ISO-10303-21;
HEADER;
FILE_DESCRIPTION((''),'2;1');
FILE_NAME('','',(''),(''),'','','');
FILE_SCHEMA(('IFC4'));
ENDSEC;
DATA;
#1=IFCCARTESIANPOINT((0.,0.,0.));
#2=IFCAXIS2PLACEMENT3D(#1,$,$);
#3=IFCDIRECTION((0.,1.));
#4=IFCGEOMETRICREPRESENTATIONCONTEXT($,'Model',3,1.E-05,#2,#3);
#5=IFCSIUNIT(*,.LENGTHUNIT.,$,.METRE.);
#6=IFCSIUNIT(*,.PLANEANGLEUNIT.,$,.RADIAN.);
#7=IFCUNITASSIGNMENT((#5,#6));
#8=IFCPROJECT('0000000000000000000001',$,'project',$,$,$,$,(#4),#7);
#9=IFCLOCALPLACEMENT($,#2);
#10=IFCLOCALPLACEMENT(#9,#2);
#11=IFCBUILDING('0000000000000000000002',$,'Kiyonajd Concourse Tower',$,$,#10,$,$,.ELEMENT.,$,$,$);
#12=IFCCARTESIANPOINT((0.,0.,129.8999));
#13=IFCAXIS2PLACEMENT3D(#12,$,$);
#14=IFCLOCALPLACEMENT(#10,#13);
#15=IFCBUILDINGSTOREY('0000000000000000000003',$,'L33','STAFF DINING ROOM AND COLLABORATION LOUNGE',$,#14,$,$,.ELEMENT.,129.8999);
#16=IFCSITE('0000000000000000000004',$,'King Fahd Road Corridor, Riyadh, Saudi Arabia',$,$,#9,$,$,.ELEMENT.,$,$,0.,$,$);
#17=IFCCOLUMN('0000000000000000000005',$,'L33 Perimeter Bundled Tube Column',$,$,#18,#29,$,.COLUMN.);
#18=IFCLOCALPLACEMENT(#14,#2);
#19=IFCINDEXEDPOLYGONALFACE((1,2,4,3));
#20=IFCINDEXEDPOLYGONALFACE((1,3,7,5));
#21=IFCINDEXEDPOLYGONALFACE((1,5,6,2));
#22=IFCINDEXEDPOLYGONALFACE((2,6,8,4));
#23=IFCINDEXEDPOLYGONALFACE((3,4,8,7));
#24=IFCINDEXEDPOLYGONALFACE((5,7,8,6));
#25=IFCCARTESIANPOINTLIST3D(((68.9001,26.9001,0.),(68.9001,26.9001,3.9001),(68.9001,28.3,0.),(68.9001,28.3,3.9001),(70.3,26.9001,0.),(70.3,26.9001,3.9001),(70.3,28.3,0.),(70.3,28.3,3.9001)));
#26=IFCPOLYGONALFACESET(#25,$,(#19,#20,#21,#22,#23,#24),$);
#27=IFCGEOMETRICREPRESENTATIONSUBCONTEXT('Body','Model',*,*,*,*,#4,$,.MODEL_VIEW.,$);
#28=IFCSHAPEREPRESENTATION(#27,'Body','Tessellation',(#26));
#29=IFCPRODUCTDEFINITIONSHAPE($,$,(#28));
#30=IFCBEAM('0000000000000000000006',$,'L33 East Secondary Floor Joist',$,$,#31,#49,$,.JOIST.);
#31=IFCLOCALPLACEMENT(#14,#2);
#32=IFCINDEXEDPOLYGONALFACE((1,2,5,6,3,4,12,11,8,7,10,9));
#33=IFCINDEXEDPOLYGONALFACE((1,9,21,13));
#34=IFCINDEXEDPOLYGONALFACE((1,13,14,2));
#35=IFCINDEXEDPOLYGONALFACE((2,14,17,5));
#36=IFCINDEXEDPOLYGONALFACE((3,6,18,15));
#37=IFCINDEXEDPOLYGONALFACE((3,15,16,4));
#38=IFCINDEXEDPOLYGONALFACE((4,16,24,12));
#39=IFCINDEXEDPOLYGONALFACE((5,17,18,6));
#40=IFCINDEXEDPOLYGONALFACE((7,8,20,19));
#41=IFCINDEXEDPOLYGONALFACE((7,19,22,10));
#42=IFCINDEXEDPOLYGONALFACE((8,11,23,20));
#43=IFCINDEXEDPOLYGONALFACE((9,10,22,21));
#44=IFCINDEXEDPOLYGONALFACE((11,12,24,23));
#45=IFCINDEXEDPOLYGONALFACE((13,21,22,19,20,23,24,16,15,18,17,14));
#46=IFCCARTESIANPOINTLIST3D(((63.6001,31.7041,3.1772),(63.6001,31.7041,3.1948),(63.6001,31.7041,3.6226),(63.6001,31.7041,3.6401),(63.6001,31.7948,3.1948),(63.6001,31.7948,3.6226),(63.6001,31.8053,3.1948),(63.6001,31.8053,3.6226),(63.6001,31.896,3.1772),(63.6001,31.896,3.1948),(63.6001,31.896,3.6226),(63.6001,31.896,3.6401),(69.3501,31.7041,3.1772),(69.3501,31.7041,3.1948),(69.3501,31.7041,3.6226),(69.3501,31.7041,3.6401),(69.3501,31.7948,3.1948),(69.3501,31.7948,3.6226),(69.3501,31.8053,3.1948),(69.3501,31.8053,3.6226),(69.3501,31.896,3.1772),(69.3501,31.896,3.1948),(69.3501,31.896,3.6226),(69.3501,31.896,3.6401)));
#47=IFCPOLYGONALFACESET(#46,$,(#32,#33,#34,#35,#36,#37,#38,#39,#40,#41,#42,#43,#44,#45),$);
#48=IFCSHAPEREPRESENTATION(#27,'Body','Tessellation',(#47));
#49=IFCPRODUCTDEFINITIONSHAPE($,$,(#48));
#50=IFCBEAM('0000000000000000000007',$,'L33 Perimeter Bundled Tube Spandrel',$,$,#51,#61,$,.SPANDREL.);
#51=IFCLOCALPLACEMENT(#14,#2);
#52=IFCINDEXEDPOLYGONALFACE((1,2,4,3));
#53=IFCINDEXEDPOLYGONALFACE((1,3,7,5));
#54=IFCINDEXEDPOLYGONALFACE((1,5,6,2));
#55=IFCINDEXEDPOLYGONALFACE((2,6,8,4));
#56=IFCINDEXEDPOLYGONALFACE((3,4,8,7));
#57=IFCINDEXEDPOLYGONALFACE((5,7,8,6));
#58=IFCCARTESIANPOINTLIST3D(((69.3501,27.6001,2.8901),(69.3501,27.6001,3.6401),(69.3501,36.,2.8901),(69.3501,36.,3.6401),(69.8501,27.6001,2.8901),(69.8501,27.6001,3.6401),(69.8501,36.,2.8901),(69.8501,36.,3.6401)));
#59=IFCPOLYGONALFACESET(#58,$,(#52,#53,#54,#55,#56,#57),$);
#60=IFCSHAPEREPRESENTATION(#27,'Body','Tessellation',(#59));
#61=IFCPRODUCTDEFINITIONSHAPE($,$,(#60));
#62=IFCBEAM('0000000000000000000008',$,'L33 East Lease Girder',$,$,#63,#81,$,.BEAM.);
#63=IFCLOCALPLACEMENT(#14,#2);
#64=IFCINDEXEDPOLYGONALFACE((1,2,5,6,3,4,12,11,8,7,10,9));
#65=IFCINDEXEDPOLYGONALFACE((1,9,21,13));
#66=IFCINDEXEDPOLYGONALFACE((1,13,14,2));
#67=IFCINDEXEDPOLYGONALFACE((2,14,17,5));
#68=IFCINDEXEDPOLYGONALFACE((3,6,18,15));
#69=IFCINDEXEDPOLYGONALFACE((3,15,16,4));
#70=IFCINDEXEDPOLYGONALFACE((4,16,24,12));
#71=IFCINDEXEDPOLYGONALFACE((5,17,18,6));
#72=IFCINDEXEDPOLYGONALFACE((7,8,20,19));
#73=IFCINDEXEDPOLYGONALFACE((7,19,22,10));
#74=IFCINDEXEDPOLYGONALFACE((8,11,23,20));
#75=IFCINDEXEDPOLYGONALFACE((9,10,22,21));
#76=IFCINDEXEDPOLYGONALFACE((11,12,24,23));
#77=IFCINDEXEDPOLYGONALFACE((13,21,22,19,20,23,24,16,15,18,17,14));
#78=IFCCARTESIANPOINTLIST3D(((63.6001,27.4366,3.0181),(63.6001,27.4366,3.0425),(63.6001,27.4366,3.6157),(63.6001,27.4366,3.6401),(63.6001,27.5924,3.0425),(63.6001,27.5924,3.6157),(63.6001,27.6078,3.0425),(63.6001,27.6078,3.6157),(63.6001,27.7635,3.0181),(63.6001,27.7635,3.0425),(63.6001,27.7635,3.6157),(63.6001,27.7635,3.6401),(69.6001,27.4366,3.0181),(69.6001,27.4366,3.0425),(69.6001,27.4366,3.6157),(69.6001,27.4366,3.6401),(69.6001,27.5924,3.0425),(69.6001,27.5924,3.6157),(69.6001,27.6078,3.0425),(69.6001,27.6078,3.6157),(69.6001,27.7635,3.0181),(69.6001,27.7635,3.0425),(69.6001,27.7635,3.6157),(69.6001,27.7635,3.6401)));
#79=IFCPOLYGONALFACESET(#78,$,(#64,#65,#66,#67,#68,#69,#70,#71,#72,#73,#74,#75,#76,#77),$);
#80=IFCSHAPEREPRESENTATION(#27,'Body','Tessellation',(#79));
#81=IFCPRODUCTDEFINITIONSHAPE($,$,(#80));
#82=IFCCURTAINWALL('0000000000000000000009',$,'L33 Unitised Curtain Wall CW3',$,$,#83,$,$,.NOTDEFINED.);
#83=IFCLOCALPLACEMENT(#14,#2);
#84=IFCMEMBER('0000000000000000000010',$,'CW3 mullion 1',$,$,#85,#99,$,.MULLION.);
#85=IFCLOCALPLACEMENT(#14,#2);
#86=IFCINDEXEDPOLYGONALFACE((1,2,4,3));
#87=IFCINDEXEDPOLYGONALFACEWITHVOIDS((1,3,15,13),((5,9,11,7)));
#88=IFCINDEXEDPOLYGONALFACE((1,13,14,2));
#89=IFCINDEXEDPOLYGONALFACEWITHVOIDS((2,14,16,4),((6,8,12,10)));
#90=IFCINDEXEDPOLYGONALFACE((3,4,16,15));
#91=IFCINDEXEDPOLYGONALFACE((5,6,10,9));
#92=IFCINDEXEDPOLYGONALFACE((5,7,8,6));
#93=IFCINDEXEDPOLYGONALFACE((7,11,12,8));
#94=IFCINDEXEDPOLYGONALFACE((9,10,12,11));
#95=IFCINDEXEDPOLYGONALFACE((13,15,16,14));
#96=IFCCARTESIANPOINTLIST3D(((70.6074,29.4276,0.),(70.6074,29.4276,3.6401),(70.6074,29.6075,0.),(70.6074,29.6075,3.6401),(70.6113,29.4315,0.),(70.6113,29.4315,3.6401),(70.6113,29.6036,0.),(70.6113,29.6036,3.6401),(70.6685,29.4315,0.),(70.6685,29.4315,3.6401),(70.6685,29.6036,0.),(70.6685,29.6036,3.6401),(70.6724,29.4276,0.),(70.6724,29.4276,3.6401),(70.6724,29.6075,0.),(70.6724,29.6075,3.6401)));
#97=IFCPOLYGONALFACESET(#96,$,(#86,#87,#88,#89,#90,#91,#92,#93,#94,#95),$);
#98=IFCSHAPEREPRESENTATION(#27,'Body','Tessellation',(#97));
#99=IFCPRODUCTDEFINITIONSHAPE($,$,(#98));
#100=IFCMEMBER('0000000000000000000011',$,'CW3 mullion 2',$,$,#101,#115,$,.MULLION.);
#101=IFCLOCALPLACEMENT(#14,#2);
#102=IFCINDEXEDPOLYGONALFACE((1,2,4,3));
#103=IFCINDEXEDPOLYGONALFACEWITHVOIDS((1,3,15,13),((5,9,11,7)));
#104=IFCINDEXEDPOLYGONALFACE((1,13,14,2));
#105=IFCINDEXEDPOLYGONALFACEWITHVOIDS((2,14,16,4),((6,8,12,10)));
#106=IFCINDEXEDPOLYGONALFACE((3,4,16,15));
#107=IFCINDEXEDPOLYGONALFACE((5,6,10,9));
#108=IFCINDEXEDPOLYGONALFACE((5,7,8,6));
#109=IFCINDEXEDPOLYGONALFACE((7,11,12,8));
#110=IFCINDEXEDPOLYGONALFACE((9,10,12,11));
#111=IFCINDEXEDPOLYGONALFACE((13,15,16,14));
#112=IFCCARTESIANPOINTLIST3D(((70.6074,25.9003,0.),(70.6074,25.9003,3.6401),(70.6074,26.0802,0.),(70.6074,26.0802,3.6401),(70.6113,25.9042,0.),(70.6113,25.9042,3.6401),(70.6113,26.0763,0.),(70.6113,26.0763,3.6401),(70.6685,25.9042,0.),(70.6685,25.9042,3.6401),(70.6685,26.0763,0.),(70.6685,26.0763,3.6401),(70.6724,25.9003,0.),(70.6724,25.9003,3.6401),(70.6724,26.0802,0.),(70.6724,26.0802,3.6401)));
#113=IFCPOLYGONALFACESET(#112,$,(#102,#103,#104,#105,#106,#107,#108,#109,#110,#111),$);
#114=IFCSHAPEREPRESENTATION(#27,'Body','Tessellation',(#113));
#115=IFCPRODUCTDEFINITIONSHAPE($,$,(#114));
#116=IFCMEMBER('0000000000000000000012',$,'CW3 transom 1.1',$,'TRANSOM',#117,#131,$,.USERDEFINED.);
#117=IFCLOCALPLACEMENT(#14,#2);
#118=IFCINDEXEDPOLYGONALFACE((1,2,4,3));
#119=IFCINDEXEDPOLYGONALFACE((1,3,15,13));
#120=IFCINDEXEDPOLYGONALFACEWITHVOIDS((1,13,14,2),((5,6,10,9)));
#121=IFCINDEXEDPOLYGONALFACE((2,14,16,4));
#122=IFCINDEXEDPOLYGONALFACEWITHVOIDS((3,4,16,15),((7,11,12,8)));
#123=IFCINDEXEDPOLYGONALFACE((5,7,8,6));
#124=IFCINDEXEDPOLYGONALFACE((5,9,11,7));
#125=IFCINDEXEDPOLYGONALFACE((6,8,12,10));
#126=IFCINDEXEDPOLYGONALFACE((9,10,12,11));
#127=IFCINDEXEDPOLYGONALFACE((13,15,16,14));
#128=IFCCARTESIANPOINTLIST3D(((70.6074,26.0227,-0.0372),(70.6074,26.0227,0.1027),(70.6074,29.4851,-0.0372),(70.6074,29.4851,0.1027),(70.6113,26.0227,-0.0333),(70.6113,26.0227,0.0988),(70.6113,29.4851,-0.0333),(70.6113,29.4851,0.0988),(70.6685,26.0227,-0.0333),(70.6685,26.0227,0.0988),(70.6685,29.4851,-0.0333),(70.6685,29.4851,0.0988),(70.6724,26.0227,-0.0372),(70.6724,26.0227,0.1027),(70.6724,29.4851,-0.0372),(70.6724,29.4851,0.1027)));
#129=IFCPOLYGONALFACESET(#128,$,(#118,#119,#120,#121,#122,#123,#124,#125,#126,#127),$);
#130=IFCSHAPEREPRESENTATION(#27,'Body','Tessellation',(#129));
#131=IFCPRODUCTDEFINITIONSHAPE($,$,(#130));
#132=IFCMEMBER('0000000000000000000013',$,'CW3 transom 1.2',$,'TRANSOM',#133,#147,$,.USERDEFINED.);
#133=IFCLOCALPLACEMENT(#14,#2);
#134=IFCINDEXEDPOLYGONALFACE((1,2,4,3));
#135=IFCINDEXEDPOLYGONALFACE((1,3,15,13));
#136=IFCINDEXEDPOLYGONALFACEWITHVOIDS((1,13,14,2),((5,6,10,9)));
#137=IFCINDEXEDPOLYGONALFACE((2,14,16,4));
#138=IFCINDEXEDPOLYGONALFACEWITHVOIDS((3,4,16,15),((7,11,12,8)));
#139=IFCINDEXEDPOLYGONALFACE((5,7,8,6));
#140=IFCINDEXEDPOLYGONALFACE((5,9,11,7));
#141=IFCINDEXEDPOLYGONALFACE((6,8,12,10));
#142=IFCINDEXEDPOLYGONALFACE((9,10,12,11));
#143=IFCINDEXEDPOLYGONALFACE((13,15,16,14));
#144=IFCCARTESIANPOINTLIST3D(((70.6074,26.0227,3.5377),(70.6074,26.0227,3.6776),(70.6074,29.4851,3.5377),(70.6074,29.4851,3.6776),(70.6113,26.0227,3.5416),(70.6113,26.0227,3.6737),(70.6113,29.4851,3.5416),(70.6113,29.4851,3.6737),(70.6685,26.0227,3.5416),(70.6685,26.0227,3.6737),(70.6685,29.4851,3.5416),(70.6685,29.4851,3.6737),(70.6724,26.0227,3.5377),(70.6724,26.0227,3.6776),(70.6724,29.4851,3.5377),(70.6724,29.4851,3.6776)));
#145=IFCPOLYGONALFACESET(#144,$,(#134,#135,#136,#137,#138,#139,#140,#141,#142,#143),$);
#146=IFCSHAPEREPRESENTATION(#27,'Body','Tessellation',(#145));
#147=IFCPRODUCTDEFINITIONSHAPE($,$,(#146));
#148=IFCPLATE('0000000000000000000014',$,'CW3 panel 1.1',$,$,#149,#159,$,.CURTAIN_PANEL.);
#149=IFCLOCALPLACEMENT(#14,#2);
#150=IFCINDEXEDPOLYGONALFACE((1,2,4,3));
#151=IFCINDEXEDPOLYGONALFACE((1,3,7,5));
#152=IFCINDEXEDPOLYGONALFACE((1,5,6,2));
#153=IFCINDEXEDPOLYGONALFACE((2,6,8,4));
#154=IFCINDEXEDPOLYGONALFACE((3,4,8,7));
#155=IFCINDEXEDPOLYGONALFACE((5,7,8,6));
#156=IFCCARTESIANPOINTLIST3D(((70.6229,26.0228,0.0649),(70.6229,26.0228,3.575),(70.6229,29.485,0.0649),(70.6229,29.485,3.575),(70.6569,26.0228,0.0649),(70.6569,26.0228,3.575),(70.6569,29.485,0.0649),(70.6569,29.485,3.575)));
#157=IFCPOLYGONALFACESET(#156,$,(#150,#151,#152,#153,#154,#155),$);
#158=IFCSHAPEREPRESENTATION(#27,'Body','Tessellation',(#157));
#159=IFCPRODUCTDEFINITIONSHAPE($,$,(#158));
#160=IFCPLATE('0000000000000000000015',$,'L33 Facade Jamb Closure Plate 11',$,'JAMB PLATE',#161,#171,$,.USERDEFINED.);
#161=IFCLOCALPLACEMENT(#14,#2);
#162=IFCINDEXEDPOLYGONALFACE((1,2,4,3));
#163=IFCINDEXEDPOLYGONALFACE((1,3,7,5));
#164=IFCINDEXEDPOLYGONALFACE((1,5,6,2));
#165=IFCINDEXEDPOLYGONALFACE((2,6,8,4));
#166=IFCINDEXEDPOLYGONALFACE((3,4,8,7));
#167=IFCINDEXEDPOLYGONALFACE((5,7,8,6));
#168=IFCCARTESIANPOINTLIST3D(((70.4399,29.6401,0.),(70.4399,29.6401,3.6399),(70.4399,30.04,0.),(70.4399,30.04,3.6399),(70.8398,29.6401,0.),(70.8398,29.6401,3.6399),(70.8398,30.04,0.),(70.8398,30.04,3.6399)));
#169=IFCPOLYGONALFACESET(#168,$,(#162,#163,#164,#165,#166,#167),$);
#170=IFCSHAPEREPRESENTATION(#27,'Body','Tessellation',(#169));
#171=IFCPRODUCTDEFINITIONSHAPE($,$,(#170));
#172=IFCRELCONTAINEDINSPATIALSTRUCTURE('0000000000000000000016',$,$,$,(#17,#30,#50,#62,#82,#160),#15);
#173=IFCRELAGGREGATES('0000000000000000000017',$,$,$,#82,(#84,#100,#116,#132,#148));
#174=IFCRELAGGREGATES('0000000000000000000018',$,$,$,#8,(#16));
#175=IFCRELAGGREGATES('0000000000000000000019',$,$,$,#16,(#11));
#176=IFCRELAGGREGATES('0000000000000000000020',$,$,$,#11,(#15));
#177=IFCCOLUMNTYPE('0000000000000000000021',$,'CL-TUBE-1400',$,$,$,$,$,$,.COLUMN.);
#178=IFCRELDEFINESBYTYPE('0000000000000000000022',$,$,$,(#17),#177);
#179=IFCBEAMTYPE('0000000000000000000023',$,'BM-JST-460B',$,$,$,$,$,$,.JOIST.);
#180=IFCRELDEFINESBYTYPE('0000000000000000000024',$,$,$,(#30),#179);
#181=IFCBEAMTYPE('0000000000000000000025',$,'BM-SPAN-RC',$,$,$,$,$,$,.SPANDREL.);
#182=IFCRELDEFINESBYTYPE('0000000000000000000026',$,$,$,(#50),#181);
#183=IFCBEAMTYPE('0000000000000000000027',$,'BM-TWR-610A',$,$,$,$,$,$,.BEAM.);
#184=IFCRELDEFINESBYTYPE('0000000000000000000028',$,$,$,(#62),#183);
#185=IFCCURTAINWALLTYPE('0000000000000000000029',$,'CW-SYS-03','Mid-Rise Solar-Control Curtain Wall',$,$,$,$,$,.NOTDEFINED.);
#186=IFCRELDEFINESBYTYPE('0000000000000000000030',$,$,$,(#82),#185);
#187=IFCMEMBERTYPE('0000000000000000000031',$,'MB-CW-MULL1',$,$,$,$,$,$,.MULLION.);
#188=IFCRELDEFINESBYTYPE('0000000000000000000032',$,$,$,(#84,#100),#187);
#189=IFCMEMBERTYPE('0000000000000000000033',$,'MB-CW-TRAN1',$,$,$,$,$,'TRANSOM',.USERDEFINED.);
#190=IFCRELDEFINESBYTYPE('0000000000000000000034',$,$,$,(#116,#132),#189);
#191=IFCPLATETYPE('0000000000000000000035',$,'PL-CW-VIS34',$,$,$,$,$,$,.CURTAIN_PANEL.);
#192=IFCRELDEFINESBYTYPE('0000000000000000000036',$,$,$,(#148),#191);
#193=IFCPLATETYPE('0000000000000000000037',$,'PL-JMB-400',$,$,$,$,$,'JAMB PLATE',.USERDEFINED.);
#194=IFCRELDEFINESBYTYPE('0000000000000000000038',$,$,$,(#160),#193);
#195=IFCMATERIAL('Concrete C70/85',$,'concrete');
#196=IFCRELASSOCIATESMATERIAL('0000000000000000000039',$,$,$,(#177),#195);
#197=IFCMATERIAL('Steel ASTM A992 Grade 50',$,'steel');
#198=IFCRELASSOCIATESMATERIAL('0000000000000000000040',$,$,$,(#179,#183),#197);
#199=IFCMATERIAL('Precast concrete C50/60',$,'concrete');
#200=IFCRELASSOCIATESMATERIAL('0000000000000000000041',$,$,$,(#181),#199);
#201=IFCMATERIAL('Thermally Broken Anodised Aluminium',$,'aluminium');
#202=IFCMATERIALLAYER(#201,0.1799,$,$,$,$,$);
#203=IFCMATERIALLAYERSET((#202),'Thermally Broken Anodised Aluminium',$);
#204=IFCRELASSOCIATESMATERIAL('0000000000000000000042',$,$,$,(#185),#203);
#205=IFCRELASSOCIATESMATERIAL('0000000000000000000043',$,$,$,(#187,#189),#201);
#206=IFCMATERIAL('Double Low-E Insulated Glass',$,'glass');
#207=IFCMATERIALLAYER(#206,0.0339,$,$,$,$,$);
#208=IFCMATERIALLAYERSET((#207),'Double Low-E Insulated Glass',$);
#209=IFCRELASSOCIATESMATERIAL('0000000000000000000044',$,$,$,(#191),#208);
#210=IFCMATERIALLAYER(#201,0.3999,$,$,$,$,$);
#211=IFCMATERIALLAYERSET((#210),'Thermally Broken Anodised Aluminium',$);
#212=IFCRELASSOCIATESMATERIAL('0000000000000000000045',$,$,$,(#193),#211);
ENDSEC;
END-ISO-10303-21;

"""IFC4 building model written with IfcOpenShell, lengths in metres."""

from ifc_helpers import new_model, si_unit, direction, frame, origin, origin_2d, place, context, subcontext, project, spatial, rectangle, hollow_rectangle, i_section, extrude, material, layer, layer_set, material_profile, profile_set, type_object, element, aggregate, save


model = new_model("IFC4")

# Units and contexts
model_context = context("Model", 3, precision=1e-05, world=origin(), true_north=direction((0.0, 1.0)))
body_context = subcontext(model_context, "Body", "Model", "MODEL_VIEW")
ifc_project = project(units=[si_unit("LENGTHUNIT", "METRE"), si_unit("PLANEANGLEUNIT", "RADIAN")], contexts=[model_context])

# Site, building, storey
site_placement = place(None, origin())
site = spatial("IfcSite", under=ifc_project, at=site_placement, Name="King Fahd Road Corridor, Riyadh, Saudi Arabia", CompositionType="ELEMENT", RefElevation=0.0)
building_placement = place(site_placement, origin())
building = spatial("IfcBuilding", under=site, at=building_placement, Name="Kiyonajd Concourse Tower", CompositionType="ELEMENT")
storey_placement = place(building_placement, frame((0.0, 0.0, 129.8999)))
storey = spatial("IfcBuildingStorey", under=building, at=storey_placement, Name="L33", Description="STAFF DINING ROOM AND COLLABORATION LOUNGE", CompositionType="ELEMENT", Elevation=129.8999)

# Column
ifc_material_1 = material(Name="Concrete C70/85", Category="concrete")
ifc_material_profile_1 = material_profile(ifc_material_1, rectangle(XDim=1.3999, YDim=1.3999, at=origin_2d()), Name="RC-1400x1400")
ifc_profile_set_1 = profile_set([ifc_material_profile_1], Name="Concrete C70/85")
column_type = type_object("IfcColumnType", Name="CL-TUBE-1400", PredefinedType="COLUMN", material=ifc_profile_set_1)
column_placement = place(storey_placement, frame((69.6001, 27.6001, 0.0), z_axis=(0.0, 0.0, 1.0), x_axis=(1.0, 0.0, 0.0)))
element("IfcColumn", 1, at=column_placement, inside=storey, type_object=column_type, Name="L33 Perimeter Bundled Tube Column", PredefinedType="COLUMN", context=body_context, shape_type="SweptSolid", body=[
    extrude(rectangle(XDim=1.3999, YDim=1.3999, at=origin_2d()), origin(), (0.0, 0.0, 1.0), 3.9001),
])

# Beams
ifc_material_2 = material(Name="Steel ASTM A992 Grade 50", Category="steel")
ifc_material_profile_2 = material_profile(ifc_material_2, i_section(OverallWidth=0.1919, OverallDepth=0.4629, WebThickness=0.0105, FlangeThickness=0.0176, at=origin_2d()), Name="W460X89")
ifc_profile_set_2 = profile_set([ifc_material_profile_2], Name="Steel ASTM A992 Grade 50")
beam_type_1 = type_object("IfcBeamType", Name="BM-JST-460B", PredefinedType="JOIST", material=ifc_profile_set_2)
beam_1_placement = place(storey_placement, frame((63.6001, 31.8, 3.4087), z_axis=(1.0, 0.0, 0.0), x_axis=(0.0, 1.0, 0.0)))
element("IfcBeam", 2, at=beam_1_placement, inside=storey, type_object=beam_type_1, Name="L33 East Secondary Floor Joist", PredefinedType="JOIST", context=body_context, shape_type="SweptSolid", body=[
    extrude(i_section(OverallWidth=0.1919, OverallDepth=0.4629, WebThickness=0.0105, FlangeThickness=0.0176, at=origin_2d()), origin(), (0.0, 0.0, 1.0), 5.75),
])
ifc_material_3 = material(Name="Precast concrete C50/60", Category="concrete")
ifc_material_profile_3 = material_profile(ifc_material_3, rectangle(XDim=0.5, YDim=0.75, at=origin_2d()), Name="RCBM-500x750")
ifc_profile_set_3 = profile_set([ifc_material_profile_3], Name="Precast concrete C50/60")
beam_type_2 = type_object("IfcBeamType", Name="BM-SPAN-RC", PredefinedType="SPANDREL", material=ifc_profile_set_3)
beam_2_placement = place(storey_placement, frame((69.6001, 27.6001, 3.2651), z_axis=(0.0, 1.0, 0.0), x_axis=(-1.0, 0.0, 0.0)))
element("IfcBeam", 3, at=beam_2_placement, inside=storey, type_object=beam_type_2, Name="L33 Perimeter Bundled Tube Spandrel", PredefinedType="SPANDREL", context=body_context, shape_type="SweptSolid", body=[
    extrude(rectangle(XDim=0.5, YDim=0.75, at=origin_2d()), origin(), (0.0, 0.0, 1.0), 8.3999),
])
ifc_material_profile_4 = material_profile(ifc_material_2, i_section(OverallWidth=0.3269, OverallDepth=0.6221, WebThickness=0.0154, FlangeThickness=0.0244, at=origin_2d()), Name="W610X195")
ifc_profile_set_4 = profile_set([ifc_material_profile_4], Name="Steel ASTM A992 Grade 50")
beam_type_3 = type_object("IfcBeamType", Name="BM-TWR-610A", PredefinedType="BEAM", material=ifc_profile_set_4)
beam_3_placement = place(storey_placement, frame((63.6001, 27.6001, 3.3291), z_axis=(1.0, 0.0, 0.0), x_axis=(0.0, 1.0, 0.0)))
element("IfcBeam", 4, at=beam_3_placement, inside=storey, type_object=beam_type_3, Name="L33 East Lease Girder", PredefinedType="BEAM", context=body_context, shape_type="SweptSolid", body=[
    extrude(i_section(OverallWidth=0.3269, OverallDepth=0.6221, WebThickness=0.0154, FlangeThickness=0.0244, at=origin_2d()), origin(), (0.0, 0.0, 1.0), 6.0),
])

# Curtain wall, members, plate
ifc_material_4 = material(Name="Thermally Broken Anodised Aluminium", Category="aluminium")
ifc_layer_1 = layer(ifc_material_4, 0.1799)
ifc_layer_set_1 = layer_set([ifc_layer_1], Name="Thermally Broken Anodised Aluminium")
curtain_wall_type = type_object("IfcCurtainWallType", Name="CW-SYS-03", Description="Mid-Rise Solar-Control Curtain Wall", PredefinedType="NOTDEFINED", material=ifc_layer_set_1)
curtain_wall_placement = place(storey_placement, origin())
curtain_wall = element("IfcCurtainWall", 5, at=curtain_wall_placement, inside=storey, type_object=curtain_wall_type, Name="L33 Unitised Curtain Wall CW3", PredefinedType="NOTDEFINED")
ifc_material_profile_5 = material_profile(ifc_material_4, hollow_rectangle(XDim=0.0649, YDim=0.1799, WallThickness=0.0039, at=origin_2d()), Name="MULL-65x180")
ifc_profile_set_5 = profile_set([ifc_material_profile_5], Name="Thermally Broken Anodised Aluminium")
member_type_1 = type_object("IfcMemberType", Name="MB-CW-MULL1", PredefinedType="MULLION", material=ifc_profile_set_5)
member_1_placement = place(storey_placement, frame((70.6399, 29.5176, 0.0), z_axis=(0.0, 0.0, 1.0), x_axis=(1.0, 0.0, 0.0)))
member_1 = element("IfcMember", 6, at=member_1_placement, type_object=member_type_1, Name="CW3 mullion 1", PredefinedType="MULLION", context=body_context, shape_type="SweptSolid", body=[
    extrude(hollow_rectangle(XDim=0.0649, YDim=0.1799, WallThickness=0.0039, at=origin_2d()), origin(), (0.0, 0.0, 1.0), 3.6401),
])
member_2_placement = place(storey_placement, frame((70.6399, 25.9902, 0.0), z_axis=(0.0, 0.0, 1.0), x_axis=(1.0, 0.0, 0.0)))
member_2 = element("IfcMember", 7, at=member_2_placement, type_object=member_type_1, Name="CW3 mullion 2", PredefinedType="MULLION", context=body_context, shape_type="SweptSolid", body=[
    extrude(hollow_rectangle(XDim=0.0649, YDim=0.1799, WallThickness=0.0039, at=origin_2d()), origin(), (0.0, 0.0, 1.0), 3.6401),
])
ifc_material_profile_6 = material_profile(ifc_material_4, hollow_rectangle(XDim=0.0649, YDim=0.1399, WallThickness=0.0039, at=origin_2d()), Name="TRAN-65x140")
ifc_profile_set_6 = profile_set([ifc_material_profile_6], Name="Thermally Broken Anodised Aluminium")
member_type_2 = type_object("IfcMemberType", Name="MB-CW-TRAN1", ElementType="TRANSOM", PredefinedType="USERDEFINED", material=ifc_profile_set_6)
member_3_placement = place(storey_placement, frame((70.6399, 29.4851, 0.0327), z_axis=(0.0, -1.0, 0.0), x_axis=(1.0, 0.0, 0.0)))
member_3 = element("IfcMember", 8, at=member_3_placement, type_object=member_type_2, Name="CW3 transom 1.1", ObjectType="TRANSOM", PredefinedType="USERDEFINED", context=body_context, shape_type="SweptSolid", body=[
    extrude(hollow_rectangle(XDim=0.0649, YDim=0.1399, WallThickness=0.0039, at=origin_2d()), origin(), (0.0, 0.0, 1.0), 3.4624),
])
member_4_placement = place(storey_placement, frame((70.6399, 29.4851, 3.6077), z_axis=(0.0, -1.0, 0.0), x_axis=(1.0, 0.0, 0.0)))
member_4 = element("IfcMember", 9, at=member_4_placement, type_object=member_type_2, Name="CW3 transom 1.2", ObjectType="TRANSOM", PredefinedType="USERDEFINED", context=body_context, shape_type="SweptSolid", body=[
    extrude(hollow_rectangle(XDim=0.0649, YDim=0.1399, WallThickness=0.0039, at=origin_2d()), origin(), (0.0, 0.0, 1.0), 3.4624),
])
ifc_material_5 = material(Name="Double Low-E Insulated Glass", Category="glass")
ifc_layer_2 = layer(ifc_material_5, 0.0339)
ifc_layer_set_2 = layer_set([ifc_layer_2], Name="Double Low-E Insulated Glass")
plate_type_1 = type_object("IfcPlateType", Name="PL-CW-VIS34", PredefinedType="CURTAIN_PANEL", material=ifc_layer_set_2)
plate_1_placement = place(storey_placement, frame((70.6399, 27.7539, 0.0649), z_axis=(0.0, 0.0, 1.0), x_axis=(0.0, -1.0, 0.0)))
plate_1 = element("IfcPlate", 10, at=plate_1_placement, type_object=plate_type_1, Name="CW3 panel 1.1", PredefinedType="CURTAIN_PANEL", context=body_context, shape_type="SweptSolid", body=[
    extrude(rectangle(XDim=3.4622, YDim=0.0339, at=origin_2d()), origin(), (0.0, 0.0, 1.0), 3.51),
])
aggregate(curtain_wall, [member_1, member_2, member_3, member_4, plate_1])

# Plate
ifc_layer_3 = layer(ifc_material_4, 0.3999)
ifc_layer_set_3 = layer_set([ifc_layer_3], Name="Thermally Broken Anodised Aluminium")
plate_type_2 = type_object("IfcPlateType", Name="PL-JMB-400", ElementType="JAMB PLATE", PredefinedType="USERDEFINED", material=ifc_layer_set_3)
plate_2_placement = place(storey_placement, frame((70.6399, 29.8401, 0.0), z_axis=(0.0, 0.0, 1.0), x_axis=(1.0, 0.0, 0.0)))
element("IfcPlate", 11, at=plate_2_placement, inside=storey, type_object=plate_type_2, Name="L33 Facade Jamb Closure Plate 11", ObjectType="JAMB PLATE", PredefinedType="USERDEFINED", context=body_context, shape_type="SweptSolid", body=[
    extrude(rectangle(XDim=0.3999, YDim=0.3999, at=origin_2d()), origin(), (0.0, 0.0, 1.0), 3.6399),
])

save(model, "model.ifc")
